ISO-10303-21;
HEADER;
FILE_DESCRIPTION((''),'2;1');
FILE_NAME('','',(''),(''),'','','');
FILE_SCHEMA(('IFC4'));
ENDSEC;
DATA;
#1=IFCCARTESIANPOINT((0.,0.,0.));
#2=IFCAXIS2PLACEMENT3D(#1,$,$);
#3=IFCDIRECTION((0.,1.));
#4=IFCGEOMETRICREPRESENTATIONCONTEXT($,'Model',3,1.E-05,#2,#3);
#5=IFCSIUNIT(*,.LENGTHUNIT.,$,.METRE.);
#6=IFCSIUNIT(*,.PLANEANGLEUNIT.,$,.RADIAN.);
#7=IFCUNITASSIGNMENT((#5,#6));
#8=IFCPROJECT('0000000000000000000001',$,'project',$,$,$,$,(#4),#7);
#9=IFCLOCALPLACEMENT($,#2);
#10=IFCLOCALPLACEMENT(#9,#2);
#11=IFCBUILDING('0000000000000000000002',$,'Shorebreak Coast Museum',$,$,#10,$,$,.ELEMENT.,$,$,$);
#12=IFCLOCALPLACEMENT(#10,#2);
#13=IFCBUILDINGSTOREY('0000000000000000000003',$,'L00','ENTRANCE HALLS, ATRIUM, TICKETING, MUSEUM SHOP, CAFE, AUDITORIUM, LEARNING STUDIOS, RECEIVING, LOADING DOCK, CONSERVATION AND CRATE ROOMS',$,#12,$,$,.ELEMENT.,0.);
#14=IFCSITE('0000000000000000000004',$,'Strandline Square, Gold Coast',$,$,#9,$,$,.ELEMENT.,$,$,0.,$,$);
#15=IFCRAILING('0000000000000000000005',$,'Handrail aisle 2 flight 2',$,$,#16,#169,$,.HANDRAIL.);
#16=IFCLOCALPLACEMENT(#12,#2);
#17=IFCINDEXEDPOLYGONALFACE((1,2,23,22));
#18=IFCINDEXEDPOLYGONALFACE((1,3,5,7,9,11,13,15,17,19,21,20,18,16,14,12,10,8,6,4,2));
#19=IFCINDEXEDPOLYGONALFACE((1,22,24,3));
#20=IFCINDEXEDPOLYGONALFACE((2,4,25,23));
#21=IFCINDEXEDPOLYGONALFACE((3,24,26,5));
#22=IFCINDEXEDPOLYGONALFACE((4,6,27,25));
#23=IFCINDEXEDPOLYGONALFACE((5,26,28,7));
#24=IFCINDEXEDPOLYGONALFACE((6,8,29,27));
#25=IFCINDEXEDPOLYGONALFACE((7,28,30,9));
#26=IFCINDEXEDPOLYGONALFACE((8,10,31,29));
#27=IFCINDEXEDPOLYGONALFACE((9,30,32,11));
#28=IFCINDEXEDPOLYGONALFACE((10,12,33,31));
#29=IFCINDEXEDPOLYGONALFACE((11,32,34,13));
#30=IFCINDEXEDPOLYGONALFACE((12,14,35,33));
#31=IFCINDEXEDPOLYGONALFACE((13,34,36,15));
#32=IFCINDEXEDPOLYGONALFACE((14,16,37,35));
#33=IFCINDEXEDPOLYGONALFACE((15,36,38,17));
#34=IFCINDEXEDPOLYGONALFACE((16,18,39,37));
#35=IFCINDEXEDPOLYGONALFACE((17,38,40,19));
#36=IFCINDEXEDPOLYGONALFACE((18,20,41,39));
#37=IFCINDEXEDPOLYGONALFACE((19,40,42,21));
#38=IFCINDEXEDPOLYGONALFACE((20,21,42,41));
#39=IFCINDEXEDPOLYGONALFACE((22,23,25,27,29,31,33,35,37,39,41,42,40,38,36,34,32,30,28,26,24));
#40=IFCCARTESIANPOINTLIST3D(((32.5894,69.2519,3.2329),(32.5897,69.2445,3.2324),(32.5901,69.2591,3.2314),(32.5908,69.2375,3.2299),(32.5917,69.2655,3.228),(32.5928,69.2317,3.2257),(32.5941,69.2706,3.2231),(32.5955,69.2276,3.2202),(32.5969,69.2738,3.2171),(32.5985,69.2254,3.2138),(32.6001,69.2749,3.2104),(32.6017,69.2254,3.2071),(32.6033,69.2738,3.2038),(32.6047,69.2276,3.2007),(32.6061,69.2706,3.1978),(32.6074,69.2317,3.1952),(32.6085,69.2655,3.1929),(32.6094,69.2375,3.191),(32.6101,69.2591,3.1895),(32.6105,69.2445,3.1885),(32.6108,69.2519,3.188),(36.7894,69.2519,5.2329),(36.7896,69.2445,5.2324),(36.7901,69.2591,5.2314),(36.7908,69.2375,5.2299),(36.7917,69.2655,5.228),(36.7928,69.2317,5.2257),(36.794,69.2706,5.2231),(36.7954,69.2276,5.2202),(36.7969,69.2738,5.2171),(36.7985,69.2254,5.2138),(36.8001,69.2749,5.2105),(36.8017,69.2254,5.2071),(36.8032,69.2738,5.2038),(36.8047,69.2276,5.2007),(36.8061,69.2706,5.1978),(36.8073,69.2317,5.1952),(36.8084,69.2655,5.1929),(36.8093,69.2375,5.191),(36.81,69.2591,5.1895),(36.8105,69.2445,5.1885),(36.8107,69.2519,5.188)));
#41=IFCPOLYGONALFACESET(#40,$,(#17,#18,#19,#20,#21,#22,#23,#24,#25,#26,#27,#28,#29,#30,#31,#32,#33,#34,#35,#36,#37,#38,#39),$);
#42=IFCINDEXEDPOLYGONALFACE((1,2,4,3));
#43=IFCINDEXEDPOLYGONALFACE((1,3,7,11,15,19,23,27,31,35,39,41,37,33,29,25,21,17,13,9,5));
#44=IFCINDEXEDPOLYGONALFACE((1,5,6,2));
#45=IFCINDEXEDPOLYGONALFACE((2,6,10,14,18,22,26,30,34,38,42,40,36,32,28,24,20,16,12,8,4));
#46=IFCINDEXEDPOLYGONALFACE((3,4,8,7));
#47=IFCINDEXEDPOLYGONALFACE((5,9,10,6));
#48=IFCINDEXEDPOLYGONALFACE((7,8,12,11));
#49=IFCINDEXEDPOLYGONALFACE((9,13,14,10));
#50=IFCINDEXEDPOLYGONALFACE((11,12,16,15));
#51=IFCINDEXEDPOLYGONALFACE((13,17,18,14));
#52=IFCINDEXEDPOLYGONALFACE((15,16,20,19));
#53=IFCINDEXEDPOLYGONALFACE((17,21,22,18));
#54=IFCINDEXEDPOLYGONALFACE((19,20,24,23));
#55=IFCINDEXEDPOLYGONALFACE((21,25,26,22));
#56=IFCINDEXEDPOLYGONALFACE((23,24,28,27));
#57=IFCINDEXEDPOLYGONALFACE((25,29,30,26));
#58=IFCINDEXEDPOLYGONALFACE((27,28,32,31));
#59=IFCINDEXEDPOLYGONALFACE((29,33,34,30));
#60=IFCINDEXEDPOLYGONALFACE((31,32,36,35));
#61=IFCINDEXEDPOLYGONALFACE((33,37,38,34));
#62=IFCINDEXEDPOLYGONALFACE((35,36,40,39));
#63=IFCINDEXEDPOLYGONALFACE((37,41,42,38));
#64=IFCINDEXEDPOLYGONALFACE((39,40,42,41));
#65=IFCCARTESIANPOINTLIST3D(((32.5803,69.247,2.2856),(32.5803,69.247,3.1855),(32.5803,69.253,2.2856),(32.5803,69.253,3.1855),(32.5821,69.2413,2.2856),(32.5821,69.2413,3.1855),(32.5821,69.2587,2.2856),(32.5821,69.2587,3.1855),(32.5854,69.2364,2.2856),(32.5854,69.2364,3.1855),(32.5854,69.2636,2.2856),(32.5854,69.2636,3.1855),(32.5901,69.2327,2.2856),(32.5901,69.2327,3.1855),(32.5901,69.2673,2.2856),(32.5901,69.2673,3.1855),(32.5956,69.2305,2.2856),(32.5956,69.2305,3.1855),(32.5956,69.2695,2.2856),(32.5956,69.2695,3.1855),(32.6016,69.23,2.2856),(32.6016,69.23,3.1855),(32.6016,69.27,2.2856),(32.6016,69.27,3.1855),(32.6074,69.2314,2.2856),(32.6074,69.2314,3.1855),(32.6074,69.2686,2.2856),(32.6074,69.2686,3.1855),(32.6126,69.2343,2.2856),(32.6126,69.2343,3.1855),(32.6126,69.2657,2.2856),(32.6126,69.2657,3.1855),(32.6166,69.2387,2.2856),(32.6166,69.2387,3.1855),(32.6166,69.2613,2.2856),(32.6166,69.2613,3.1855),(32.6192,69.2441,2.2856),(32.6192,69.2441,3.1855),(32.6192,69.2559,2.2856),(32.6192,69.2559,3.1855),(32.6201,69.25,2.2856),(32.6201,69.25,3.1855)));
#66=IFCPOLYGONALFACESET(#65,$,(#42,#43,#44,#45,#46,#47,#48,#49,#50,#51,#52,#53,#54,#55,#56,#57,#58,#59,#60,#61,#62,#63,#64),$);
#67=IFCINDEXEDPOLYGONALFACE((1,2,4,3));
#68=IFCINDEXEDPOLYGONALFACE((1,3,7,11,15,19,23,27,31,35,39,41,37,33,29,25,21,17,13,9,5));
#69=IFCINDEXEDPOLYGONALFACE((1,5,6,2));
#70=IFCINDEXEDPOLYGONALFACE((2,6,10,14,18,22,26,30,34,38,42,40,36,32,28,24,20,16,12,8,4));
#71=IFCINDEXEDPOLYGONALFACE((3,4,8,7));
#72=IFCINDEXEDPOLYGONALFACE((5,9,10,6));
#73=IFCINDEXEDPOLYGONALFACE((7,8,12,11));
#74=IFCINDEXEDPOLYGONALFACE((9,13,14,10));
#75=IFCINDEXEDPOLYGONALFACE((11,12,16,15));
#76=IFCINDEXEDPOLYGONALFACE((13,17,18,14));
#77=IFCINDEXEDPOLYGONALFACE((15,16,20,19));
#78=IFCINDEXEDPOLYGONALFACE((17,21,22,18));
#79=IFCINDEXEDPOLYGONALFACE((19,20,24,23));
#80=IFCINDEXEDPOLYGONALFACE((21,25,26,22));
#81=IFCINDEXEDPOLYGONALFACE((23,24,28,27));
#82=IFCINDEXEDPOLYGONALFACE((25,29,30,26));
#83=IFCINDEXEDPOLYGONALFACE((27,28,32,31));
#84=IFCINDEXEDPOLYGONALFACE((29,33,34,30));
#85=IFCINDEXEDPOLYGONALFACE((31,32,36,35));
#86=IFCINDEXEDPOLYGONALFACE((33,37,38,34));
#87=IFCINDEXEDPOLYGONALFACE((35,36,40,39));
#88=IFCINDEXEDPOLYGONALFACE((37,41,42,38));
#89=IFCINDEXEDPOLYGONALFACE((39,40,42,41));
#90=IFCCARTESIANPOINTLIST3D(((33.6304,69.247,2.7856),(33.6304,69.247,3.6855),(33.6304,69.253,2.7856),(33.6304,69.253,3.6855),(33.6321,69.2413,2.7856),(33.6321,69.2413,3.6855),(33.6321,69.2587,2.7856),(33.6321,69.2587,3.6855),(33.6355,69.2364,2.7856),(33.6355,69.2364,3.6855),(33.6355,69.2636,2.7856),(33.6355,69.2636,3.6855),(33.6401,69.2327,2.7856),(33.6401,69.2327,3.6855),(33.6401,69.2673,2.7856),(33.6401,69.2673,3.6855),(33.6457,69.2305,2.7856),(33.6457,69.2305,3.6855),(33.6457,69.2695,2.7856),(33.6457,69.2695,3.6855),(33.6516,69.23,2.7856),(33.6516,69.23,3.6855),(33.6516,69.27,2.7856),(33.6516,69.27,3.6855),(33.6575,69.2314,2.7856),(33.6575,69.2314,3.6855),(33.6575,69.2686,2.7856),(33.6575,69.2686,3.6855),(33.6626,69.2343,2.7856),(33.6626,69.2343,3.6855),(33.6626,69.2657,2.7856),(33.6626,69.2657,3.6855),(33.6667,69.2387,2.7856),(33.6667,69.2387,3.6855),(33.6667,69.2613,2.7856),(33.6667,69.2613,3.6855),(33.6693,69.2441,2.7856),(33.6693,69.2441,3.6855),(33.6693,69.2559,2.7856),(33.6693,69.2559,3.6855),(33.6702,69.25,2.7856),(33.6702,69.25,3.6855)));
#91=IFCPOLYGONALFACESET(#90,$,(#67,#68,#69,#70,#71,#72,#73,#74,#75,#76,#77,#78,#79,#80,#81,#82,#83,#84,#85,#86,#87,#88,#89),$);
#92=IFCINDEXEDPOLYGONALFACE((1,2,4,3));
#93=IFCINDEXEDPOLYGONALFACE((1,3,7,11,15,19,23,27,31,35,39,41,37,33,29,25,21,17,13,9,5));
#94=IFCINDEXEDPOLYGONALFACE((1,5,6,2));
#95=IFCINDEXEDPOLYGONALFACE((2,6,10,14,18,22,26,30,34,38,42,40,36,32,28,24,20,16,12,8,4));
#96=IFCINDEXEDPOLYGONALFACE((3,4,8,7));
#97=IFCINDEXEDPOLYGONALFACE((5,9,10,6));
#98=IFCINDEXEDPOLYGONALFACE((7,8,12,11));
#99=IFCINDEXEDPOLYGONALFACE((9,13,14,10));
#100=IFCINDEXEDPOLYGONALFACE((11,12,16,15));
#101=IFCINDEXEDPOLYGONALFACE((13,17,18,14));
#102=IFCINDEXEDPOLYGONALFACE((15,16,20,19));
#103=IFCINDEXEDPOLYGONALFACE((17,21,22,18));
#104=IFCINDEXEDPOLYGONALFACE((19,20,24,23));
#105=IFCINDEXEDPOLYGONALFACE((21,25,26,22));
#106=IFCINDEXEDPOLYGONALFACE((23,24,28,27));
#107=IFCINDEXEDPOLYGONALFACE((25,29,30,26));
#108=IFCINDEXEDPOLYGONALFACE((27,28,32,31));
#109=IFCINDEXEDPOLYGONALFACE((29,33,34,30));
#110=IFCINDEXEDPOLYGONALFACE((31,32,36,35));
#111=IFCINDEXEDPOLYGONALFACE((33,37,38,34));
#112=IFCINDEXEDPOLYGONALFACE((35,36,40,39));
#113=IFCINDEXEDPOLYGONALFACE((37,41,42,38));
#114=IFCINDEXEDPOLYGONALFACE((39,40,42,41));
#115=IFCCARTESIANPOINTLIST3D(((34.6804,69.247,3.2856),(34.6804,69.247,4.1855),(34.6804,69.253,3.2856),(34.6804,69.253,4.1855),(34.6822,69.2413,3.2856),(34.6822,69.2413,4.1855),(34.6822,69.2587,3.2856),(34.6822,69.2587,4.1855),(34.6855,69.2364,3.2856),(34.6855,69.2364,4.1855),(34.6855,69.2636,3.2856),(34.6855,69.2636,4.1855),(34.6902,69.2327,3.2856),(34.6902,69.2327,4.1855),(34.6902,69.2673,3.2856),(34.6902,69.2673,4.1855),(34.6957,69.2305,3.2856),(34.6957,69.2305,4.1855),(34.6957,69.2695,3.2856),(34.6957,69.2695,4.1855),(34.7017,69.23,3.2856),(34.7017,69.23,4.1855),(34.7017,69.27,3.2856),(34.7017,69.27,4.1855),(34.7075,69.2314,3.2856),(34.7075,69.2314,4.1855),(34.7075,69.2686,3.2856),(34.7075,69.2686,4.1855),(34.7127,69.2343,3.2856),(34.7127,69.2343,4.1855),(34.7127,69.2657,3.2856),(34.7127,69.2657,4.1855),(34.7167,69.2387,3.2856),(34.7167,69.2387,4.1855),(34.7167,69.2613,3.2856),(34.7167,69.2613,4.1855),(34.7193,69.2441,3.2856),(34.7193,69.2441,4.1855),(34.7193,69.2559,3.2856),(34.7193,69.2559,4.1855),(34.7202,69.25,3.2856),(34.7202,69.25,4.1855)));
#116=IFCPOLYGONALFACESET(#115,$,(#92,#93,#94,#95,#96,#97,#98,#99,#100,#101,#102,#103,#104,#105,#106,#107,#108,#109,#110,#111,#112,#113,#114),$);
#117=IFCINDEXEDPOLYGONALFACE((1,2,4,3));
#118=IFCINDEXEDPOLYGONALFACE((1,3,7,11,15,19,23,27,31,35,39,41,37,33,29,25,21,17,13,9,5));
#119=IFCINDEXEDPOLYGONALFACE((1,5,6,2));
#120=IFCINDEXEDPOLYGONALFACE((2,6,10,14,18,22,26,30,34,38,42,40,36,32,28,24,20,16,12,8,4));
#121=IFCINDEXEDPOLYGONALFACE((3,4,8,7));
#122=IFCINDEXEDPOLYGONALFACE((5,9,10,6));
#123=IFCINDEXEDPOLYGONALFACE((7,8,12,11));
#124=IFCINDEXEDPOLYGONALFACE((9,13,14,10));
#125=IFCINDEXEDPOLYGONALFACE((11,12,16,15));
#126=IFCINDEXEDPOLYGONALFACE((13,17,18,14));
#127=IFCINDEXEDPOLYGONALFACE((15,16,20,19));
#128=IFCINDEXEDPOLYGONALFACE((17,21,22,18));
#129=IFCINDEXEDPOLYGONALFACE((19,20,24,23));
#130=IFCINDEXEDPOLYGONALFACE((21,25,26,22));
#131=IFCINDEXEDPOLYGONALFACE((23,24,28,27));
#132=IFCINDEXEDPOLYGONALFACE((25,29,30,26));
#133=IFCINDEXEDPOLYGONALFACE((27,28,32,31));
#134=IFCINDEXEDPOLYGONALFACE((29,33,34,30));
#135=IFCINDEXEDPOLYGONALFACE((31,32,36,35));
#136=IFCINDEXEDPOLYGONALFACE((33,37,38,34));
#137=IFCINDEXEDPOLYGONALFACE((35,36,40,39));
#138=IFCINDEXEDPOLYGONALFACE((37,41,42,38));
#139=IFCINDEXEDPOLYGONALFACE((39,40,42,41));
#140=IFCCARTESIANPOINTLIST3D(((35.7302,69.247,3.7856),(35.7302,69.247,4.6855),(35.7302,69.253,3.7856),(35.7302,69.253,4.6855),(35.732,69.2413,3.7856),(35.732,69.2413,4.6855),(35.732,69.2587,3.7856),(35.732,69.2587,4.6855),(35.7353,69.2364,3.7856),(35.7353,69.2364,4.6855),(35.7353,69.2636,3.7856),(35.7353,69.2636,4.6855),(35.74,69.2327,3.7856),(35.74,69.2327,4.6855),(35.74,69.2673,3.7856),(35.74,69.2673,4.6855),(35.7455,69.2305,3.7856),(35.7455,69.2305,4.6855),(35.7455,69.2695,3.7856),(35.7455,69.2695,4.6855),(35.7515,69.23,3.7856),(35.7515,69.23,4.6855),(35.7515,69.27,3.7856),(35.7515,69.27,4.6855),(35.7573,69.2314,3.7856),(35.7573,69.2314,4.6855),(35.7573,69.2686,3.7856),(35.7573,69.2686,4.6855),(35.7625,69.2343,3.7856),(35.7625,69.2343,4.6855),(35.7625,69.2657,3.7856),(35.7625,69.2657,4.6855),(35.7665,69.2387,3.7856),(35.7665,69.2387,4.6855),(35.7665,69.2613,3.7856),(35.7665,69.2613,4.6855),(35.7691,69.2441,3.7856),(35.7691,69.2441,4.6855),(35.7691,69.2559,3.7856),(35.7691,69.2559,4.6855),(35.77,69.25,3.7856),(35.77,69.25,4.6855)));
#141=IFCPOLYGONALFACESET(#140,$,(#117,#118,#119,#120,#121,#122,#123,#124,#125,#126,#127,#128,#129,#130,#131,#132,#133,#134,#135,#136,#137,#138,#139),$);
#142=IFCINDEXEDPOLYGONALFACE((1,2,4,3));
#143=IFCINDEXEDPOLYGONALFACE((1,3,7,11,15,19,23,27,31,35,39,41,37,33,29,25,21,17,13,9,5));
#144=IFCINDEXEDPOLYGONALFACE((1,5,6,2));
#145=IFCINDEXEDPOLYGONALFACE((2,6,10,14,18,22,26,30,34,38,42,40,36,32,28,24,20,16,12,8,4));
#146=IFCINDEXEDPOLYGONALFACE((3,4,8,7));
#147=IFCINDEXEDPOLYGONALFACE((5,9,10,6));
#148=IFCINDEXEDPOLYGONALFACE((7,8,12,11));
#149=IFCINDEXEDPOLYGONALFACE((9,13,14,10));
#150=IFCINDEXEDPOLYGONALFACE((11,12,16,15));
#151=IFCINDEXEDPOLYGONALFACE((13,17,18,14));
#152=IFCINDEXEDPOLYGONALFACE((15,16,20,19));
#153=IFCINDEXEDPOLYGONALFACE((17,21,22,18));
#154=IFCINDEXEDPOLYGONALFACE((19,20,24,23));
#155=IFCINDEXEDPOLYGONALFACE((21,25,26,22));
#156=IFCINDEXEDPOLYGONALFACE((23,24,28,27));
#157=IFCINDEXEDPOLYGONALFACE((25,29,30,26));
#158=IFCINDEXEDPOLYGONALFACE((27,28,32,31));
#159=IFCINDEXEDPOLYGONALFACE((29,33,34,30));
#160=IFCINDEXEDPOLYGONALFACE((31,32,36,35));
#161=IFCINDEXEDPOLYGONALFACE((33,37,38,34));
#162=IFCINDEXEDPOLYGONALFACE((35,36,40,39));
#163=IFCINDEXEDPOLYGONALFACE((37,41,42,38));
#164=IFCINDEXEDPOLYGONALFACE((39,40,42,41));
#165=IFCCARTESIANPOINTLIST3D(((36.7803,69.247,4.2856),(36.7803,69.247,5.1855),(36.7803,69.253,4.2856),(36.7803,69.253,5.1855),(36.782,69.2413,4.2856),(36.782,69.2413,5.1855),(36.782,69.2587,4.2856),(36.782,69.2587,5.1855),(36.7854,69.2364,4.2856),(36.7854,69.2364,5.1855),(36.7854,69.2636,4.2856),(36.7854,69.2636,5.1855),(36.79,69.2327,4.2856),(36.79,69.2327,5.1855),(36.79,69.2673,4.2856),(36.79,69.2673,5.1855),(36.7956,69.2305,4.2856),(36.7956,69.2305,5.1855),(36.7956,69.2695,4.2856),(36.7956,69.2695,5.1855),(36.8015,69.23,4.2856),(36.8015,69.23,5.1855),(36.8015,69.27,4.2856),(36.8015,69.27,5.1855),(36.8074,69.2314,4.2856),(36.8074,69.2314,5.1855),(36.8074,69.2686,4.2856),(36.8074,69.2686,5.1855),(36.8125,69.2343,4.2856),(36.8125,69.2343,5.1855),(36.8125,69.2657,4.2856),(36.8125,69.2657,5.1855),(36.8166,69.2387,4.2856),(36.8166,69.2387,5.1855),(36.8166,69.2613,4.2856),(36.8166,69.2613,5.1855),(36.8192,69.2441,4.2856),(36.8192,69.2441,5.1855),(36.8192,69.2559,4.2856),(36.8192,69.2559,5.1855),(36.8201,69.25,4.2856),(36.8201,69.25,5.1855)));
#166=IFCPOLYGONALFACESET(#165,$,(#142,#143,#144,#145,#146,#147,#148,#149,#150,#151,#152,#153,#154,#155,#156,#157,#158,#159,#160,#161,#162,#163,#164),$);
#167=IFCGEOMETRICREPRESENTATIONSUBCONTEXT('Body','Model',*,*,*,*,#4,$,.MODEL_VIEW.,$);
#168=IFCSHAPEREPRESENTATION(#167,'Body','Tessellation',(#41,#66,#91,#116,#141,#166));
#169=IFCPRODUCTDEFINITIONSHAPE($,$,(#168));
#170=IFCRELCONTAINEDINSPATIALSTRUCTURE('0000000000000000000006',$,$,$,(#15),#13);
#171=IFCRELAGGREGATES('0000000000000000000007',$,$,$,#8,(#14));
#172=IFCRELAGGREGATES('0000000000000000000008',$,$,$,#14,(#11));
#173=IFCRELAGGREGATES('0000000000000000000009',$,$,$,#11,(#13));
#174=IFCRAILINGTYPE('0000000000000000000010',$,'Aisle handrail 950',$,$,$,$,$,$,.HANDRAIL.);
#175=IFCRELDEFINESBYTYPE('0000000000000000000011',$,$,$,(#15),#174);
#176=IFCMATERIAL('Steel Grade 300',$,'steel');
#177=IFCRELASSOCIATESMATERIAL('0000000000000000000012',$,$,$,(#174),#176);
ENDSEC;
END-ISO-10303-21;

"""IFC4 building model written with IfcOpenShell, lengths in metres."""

from ifc_helpers import new_model, si_unit, direction, frame, origin, origin_2d, place, context, subcontext, project, spatial, circle, extrude, material, type_object, element, save


model = new_model("IFC4")

# Units and contexts
model_context = context("Model", 3, precision=1e-05, world=origin(), true_north=direction((0.0, 1.0)))
body_context = subcontext(model_context, "Body", "Model", "MODEL_VIEW")
ifc_project = project(units=[si_unit("LENGTHUNIT", "METRE"), si_unit("PLANEANGLEUNIT", "RADIAN")], contexts=[model_context])

# Site, building, storey
site_placement = place(None, origin())
site = spatial("IfcSite", under=ifc_project, at=site_placement, Name="Strandline Square, Gold Coast", CompositionType="ELEMENT", RefElevation=0.0)
building_placement = place(site_placement, origin())
building = spatial("IfcBuilding", under=site, at=building_placement, Name="Shorebreak Coast Museum", CompositionType="ELEMENT")
storey_placement = place(building_placement, origin())
storey = spatial("IfcBuildingStorey", under=building, at=storey_placement, Name="L00", Description="ENTRANCE HALLS, ATRIUM, TICKETING, MUSEUM SHOP, CAFE, AUDITORIUM, LEARNING STUDIOS, RECEIVING, LOADING DOCK, CONSERVATION AND CRATE ROOMS", CompositionType="ELEMENT", Elevation=0.0)

# Railing
ifc_material_1 = material(Name="Steel Grade 300", Category="steel")
railing_type = type_object("IfcRailingType", Name="Aisle handrail 950", PredefinedType="HANDRAIL", material=ifc_material_1)
for number, where, name in (
    (1, (32.6001, 69.25, 2.2856), "Handrail aisle 2 flight 2"),
):
    element("IfcRailing", number, at=place(storey_placement, frame(where)), inside=storey, type_object=railing_type, Name=name, PredefinedType="HANDRAIL", context=body_context, shape_type="SweptSolid", body=[
        extrude(circle(Radius=0.0249, at=origin_2d()), frame((0.0, 0.0, 0.9248), z_axis=(0.902859, 0.0, 0.429938), x_axis=(0.0, 1.0, 0.0)), (0.0, 0.0, 1.0), 4.6519),
        extrude(circle(Radius=0.02, at=origin_2d()), origin(), (0.0, 0.0, 1.0), 0.8999),
        extrude(circle(Radius=0.02, at=origin_2d()), frame((1.05, 0.0, 0.5)), (0.0, 0.0, 1.0), 0.8999),
        extrude(circle(Radius=0.02, at=origin_2d()), frame((2.1001, 0.0, 1.0)), (0.0, 0.0, 1.0), 0.8999),
        extrude(circle(Radius=0.02, at=origin_2d()), frame((3.1499, 0.0, 1.5)), (0.0, 0.0, 1.0), 0.8999),
        extrude(circle(Radius=0.02, at=origin_2d()), frame((4.2, 0.0, 2.0)), (0.0, 0.0, 1.0), 0.8999),
    ])

save(model, "model.ifc")
